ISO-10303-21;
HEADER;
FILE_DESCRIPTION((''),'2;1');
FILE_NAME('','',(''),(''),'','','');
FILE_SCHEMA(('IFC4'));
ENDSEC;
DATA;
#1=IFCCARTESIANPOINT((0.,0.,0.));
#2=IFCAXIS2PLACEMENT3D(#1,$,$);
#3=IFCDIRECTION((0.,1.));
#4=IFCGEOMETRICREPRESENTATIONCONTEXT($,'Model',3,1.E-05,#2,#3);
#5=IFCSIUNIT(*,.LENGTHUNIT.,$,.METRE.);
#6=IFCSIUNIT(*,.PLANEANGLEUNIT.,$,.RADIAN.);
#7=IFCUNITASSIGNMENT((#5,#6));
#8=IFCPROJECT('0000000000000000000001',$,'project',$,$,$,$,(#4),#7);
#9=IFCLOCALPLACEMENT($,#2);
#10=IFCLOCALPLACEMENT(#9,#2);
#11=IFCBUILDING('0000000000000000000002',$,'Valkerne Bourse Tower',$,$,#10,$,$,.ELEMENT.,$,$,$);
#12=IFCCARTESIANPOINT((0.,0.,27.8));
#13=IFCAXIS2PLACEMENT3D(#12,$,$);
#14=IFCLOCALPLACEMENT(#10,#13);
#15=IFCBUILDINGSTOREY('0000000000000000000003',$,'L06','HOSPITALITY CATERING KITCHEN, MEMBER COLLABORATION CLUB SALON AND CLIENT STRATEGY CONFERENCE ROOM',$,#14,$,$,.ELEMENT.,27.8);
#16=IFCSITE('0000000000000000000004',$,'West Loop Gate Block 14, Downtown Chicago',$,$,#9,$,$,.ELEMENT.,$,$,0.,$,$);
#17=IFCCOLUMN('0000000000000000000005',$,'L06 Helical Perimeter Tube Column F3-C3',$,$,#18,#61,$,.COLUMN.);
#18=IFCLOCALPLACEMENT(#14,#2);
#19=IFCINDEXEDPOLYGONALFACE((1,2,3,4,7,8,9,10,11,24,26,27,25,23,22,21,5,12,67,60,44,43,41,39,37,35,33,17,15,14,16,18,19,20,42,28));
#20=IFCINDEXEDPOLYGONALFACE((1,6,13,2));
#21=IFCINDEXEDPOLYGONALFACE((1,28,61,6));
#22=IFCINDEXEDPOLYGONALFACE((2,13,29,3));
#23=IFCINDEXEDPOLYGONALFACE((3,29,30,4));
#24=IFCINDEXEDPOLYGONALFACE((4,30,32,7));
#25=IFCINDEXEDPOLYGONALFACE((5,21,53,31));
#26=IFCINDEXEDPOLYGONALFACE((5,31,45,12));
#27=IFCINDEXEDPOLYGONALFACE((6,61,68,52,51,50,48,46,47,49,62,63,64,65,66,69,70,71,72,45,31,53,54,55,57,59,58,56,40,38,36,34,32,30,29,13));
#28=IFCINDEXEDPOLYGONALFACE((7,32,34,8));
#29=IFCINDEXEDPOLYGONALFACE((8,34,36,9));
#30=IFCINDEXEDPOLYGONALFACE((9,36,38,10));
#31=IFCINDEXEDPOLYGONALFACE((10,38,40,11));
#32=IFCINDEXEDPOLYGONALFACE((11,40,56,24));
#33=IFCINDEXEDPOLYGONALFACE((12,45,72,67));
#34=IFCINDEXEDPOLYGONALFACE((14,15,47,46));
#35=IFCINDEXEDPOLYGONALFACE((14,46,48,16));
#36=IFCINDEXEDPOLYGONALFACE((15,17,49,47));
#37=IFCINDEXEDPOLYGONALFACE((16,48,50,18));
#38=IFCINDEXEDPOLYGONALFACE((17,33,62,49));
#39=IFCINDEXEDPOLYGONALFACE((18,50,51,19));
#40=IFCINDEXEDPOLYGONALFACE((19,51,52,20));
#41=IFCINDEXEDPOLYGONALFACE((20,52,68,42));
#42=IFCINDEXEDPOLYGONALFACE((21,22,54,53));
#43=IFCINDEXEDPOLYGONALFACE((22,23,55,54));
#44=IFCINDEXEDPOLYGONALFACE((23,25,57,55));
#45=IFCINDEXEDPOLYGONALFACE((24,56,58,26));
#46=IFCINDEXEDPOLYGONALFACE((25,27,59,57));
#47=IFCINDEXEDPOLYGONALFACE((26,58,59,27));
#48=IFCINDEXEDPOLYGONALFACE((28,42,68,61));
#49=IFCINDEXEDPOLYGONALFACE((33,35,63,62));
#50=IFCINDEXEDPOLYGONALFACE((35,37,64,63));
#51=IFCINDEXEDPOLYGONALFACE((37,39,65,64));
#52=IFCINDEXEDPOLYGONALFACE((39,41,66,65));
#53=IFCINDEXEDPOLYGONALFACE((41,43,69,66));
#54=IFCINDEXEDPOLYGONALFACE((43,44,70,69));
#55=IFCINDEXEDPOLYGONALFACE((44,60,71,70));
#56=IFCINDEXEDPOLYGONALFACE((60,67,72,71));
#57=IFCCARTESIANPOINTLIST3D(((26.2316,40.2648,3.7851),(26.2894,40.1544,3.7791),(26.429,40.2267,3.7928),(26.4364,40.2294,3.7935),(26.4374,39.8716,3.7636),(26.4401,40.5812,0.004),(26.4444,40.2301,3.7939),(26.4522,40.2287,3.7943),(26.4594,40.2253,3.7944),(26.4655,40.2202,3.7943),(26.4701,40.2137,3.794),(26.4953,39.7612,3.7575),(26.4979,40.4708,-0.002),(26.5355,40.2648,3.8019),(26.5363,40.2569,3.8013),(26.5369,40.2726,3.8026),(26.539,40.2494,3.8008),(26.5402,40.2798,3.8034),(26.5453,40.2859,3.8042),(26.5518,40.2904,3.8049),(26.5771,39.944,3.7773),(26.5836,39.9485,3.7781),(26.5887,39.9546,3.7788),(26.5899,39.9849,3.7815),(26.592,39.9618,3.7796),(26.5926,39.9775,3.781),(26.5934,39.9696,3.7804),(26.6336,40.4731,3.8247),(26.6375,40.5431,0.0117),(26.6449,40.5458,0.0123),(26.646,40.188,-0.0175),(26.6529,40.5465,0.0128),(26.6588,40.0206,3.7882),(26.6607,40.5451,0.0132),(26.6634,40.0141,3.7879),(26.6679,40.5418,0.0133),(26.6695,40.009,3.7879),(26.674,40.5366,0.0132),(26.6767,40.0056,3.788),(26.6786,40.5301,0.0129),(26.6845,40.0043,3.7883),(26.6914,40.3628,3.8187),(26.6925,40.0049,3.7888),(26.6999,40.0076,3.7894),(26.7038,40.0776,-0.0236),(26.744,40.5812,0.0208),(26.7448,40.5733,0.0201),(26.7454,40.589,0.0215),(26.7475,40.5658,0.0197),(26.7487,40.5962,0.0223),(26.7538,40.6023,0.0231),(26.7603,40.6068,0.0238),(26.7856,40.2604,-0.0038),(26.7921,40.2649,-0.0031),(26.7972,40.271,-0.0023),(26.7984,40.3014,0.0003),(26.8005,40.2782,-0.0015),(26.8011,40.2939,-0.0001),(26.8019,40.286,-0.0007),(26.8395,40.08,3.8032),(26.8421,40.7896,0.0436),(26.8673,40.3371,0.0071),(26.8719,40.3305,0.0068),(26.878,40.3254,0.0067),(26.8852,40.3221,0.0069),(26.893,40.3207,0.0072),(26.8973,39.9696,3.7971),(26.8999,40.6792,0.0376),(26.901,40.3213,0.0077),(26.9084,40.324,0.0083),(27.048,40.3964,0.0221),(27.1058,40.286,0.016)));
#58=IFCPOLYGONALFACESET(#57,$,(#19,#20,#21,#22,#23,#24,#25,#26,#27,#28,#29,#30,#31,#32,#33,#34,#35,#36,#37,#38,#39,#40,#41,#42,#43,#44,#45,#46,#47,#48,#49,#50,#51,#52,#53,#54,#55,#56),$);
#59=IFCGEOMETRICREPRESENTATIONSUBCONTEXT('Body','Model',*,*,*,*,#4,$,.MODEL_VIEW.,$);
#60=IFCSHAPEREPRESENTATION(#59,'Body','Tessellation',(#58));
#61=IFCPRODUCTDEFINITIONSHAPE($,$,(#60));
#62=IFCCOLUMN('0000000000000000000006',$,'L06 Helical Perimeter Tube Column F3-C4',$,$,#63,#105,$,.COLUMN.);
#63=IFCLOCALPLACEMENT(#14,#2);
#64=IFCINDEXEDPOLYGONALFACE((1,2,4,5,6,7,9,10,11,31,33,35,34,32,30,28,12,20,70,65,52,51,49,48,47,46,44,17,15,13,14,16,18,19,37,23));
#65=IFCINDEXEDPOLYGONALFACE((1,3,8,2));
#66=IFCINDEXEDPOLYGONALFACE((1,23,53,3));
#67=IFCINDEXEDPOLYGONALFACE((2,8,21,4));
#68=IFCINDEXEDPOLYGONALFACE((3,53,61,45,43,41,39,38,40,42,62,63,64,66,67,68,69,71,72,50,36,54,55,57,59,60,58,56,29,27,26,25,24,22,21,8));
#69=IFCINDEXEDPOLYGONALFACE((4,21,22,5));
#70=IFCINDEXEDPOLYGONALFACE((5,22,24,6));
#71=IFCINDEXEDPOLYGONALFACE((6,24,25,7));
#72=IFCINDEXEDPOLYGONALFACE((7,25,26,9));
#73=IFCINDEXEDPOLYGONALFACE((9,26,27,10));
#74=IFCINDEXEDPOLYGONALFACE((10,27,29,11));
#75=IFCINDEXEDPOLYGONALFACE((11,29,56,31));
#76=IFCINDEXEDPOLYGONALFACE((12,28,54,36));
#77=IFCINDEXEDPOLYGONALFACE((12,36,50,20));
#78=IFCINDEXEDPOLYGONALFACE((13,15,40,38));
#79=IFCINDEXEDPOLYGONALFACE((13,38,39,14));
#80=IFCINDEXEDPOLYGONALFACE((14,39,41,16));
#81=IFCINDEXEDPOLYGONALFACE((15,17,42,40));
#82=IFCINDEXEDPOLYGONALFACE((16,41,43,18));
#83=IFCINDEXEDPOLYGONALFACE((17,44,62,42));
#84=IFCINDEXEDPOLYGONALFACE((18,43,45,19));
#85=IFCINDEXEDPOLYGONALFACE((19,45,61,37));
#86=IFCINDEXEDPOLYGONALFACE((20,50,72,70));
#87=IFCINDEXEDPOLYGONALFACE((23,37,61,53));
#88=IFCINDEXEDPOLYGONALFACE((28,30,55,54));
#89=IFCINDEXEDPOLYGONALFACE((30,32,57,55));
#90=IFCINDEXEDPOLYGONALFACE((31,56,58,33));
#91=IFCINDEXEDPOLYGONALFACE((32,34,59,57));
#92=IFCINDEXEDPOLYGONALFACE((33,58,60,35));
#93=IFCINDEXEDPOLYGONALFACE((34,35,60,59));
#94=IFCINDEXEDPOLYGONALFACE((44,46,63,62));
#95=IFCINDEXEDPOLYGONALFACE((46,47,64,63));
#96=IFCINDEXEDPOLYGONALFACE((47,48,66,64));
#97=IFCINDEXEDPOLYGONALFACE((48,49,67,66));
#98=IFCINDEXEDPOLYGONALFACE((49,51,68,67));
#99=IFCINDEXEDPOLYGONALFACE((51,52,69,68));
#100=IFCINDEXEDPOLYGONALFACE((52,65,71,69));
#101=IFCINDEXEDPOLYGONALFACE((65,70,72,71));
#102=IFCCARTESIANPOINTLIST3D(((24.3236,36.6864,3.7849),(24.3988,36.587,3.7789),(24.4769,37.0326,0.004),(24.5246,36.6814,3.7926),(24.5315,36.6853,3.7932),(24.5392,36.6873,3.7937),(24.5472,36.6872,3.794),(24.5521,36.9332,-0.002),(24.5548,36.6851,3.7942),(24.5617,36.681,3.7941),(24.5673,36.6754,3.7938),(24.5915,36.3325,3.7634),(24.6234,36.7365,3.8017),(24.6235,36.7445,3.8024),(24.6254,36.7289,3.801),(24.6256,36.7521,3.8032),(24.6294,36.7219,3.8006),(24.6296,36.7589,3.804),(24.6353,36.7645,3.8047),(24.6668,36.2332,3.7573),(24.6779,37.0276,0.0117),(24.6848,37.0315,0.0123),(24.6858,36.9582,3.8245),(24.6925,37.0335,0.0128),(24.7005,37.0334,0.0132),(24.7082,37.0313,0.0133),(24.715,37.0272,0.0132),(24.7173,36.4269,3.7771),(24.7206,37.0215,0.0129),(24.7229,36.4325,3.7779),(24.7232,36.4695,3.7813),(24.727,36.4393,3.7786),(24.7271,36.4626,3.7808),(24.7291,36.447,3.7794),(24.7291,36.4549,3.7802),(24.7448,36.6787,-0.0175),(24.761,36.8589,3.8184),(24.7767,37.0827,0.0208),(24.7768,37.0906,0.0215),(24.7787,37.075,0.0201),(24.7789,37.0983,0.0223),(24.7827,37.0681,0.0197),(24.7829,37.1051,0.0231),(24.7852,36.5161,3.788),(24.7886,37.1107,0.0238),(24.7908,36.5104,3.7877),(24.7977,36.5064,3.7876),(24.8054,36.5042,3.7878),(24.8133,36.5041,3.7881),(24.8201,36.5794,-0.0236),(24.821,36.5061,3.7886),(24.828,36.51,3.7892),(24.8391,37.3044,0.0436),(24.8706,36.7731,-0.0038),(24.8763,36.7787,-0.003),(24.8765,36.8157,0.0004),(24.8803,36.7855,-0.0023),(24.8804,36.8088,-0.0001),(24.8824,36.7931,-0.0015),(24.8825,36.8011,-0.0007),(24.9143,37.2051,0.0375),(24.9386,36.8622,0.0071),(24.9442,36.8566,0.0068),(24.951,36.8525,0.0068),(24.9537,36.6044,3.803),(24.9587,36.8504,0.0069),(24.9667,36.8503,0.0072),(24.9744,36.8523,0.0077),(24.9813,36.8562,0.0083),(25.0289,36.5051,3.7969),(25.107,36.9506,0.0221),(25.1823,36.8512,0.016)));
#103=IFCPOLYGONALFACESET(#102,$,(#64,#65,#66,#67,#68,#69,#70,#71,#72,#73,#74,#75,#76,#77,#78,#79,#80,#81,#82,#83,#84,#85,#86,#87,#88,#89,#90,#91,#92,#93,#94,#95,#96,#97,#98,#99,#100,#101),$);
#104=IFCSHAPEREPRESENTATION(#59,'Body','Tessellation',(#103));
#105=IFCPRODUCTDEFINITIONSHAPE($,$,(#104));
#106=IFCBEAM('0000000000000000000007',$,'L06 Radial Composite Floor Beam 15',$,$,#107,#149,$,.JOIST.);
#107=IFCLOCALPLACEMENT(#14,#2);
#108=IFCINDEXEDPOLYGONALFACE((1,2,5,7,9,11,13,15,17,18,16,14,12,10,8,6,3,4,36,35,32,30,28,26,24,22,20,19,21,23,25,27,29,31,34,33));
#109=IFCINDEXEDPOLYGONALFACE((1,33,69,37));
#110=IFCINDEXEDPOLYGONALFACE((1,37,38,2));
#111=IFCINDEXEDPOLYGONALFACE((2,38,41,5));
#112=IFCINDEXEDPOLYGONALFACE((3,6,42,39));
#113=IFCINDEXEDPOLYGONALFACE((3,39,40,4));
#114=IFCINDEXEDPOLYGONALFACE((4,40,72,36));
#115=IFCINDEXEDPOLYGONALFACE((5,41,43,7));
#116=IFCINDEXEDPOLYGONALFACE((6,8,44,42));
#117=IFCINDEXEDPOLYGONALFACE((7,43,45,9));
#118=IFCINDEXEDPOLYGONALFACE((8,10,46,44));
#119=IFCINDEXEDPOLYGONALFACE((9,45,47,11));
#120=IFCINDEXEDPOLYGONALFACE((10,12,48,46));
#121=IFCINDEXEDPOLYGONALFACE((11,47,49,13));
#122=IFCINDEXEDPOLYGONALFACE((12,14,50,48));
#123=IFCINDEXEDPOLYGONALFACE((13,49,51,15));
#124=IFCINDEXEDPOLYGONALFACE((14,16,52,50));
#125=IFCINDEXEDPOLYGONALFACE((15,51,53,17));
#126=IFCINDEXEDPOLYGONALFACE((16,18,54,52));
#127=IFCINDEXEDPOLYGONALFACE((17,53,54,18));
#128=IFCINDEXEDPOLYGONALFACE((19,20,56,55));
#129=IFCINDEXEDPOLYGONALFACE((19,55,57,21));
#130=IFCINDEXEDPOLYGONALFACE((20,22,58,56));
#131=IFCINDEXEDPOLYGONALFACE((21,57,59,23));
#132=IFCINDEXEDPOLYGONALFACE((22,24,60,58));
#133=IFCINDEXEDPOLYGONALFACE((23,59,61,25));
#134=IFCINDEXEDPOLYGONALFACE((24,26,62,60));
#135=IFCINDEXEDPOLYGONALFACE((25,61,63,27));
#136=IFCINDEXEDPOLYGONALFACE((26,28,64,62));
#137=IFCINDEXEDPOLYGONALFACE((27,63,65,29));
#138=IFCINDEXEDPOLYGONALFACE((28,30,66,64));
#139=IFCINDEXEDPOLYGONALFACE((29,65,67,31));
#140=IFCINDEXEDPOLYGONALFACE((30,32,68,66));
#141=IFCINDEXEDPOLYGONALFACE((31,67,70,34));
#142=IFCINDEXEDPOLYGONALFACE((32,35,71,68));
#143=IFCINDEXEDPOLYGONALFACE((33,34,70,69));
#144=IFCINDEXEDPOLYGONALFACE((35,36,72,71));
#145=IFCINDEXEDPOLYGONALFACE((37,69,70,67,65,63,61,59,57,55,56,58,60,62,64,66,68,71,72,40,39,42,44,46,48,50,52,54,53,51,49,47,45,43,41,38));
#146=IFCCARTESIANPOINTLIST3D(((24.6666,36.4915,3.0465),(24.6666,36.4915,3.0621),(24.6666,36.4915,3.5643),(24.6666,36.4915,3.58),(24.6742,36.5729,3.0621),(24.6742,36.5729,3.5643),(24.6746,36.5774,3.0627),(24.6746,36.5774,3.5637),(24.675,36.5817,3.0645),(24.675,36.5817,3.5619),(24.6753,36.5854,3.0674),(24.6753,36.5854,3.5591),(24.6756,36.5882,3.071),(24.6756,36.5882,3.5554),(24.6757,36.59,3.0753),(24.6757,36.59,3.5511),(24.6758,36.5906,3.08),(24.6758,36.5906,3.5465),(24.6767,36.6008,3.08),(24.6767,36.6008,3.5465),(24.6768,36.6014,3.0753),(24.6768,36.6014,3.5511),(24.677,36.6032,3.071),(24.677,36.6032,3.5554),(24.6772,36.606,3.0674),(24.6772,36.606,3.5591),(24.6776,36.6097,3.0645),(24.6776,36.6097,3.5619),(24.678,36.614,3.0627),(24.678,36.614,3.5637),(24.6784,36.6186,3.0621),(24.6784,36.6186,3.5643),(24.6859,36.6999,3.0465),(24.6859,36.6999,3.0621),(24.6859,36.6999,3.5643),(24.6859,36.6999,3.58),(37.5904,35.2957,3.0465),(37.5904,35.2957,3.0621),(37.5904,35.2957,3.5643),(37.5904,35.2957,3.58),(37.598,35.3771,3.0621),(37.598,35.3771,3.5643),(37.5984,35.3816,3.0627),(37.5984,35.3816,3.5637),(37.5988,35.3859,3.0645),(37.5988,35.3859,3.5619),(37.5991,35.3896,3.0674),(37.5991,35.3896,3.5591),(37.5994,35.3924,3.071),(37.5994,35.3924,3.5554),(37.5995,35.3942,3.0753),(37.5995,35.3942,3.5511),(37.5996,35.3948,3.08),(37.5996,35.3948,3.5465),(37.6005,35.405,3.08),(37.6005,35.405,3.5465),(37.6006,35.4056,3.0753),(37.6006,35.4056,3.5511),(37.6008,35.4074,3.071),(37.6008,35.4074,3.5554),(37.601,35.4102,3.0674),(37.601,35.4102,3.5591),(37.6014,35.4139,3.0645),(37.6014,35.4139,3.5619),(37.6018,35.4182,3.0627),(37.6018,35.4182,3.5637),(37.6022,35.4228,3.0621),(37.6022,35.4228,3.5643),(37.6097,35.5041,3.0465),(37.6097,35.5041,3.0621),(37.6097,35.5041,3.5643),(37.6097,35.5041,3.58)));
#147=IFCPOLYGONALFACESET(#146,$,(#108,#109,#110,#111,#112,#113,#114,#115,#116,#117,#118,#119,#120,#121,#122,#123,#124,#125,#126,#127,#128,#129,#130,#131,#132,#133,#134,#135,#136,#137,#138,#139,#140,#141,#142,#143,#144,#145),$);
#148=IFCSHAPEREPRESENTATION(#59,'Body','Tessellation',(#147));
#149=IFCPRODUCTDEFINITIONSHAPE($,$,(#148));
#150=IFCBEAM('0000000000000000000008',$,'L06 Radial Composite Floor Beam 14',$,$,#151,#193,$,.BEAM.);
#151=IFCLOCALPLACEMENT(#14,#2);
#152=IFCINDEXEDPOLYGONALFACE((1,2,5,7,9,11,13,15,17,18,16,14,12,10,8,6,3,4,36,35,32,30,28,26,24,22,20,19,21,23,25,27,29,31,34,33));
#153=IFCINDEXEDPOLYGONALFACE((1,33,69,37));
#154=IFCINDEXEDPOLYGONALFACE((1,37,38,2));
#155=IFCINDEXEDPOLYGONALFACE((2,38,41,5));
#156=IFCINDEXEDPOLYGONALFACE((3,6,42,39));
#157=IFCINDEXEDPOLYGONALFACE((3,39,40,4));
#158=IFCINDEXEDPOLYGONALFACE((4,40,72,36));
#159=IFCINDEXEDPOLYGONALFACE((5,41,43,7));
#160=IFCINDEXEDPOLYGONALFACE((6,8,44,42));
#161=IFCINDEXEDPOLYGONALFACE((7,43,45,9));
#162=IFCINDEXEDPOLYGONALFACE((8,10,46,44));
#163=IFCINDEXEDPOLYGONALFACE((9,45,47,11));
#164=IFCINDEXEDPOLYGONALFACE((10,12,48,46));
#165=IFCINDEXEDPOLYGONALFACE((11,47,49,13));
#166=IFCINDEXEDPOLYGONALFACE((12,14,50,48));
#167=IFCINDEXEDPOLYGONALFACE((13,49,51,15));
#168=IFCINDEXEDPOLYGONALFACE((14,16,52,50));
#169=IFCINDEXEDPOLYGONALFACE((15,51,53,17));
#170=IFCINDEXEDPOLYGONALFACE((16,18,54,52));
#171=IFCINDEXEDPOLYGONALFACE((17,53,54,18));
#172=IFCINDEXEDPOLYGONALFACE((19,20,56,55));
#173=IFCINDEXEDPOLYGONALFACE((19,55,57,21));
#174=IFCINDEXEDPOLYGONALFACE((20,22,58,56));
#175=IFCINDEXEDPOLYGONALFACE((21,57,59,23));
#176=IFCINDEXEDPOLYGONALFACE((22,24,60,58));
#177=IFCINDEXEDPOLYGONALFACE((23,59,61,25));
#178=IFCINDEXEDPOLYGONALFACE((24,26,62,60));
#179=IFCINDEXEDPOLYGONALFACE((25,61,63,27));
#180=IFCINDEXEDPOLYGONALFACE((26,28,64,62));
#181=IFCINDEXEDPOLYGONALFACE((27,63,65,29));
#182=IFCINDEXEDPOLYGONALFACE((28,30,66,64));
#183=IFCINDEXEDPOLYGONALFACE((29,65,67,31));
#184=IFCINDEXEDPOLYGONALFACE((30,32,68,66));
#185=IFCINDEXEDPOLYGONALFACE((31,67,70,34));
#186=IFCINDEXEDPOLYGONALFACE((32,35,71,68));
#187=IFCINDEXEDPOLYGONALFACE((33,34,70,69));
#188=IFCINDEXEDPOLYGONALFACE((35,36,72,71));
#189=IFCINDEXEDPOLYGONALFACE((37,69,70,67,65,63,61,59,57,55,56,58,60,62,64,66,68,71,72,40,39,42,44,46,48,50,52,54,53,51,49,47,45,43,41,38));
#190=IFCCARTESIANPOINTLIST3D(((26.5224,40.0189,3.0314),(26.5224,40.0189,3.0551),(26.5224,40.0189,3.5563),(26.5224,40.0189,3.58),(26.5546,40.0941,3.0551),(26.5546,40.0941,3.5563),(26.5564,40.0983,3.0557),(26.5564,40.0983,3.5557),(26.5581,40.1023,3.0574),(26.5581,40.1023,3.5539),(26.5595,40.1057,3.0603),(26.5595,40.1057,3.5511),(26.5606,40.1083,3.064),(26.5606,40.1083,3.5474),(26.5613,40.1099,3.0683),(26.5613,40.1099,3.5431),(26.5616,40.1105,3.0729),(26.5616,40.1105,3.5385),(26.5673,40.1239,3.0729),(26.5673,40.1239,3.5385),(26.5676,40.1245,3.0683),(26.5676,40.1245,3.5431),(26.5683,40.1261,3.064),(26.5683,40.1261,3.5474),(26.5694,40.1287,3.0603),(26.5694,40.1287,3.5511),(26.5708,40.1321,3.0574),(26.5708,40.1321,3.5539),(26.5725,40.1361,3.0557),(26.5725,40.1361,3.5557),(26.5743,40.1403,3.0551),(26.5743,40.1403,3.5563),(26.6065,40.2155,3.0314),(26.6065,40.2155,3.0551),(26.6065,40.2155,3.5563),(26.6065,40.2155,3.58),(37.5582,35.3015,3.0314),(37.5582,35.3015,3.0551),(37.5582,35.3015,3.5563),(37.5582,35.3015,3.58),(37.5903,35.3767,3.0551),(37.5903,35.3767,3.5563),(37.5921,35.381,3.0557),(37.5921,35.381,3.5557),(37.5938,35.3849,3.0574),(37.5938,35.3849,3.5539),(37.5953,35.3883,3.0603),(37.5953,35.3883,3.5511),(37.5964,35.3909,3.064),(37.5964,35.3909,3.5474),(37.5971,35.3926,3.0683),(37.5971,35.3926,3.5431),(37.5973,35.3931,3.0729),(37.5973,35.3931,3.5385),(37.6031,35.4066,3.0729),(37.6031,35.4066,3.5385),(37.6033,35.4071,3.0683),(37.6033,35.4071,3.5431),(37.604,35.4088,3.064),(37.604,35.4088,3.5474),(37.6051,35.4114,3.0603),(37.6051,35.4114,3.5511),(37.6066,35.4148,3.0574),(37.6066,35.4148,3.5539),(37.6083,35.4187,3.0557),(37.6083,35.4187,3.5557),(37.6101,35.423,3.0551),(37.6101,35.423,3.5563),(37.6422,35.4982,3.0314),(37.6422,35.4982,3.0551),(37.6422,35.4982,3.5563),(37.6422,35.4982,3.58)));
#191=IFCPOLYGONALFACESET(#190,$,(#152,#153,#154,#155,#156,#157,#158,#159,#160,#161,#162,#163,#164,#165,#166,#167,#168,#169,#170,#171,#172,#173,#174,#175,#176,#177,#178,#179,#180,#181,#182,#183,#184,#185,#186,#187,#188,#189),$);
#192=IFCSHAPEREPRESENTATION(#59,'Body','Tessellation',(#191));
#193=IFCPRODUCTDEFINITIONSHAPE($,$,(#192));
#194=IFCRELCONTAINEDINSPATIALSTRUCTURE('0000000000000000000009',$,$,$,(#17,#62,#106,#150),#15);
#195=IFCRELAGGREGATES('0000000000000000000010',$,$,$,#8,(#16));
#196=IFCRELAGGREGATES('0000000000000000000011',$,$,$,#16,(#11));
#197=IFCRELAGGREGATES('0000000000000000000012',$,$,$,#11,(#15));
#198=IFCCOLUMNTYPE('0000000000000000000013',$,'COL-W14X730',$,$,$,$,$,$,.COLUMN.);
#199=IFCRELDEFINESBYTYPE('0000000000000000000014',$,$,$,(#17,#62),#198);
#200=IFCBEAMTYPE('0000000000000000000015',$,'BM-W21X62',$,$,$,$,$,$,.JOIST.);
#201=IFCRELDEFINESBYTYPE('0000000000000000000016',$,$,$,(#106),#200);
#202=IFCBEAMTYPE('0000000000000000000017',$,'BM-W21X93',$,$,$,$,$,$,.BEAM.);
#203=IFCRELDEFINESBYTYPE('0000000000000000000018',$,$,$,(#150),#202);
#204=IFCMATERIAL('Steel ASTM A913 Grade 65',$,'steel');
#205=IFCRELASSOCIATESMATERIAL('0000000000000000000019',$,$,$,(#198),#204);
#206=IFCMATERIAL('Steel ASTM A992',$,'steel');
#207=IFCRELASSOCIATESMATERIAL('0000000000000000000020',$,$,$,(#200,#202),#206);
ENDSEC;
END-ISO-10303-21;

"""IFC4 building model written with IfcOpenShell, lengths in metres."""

from ifc_helpers import new_model, si_unit, direction, frame, origin, origin_2d, place, context, subcontext, project, spatial, i_section, extrude, material, material_profile, profile_set, type_object, element, save


model = new_model("IFC4")

# Units and contexts
model_context = context("Model", 3, precision=1e-05, world=origin(), true_north=direction((0.0, 1.0)))
body_context = subcontext(model_context, "Body", "Model", "MODEL_VIEW")
ifc_project = project(units=[si_unit("LENGTHUNIT", "METRE"), si_unit("PLANEANGLEUNIT", "RADIAN")], contexts=[model_context])

# Site, building, storey
site_placement = place(None, origin())
site = spatial("IfcSite", under=ifc_project, at=site_placement, Name="West Loop Gate Block 14, Downtown Chicago", CompositionType="ELEMENT", RefElevation=0.0)
building_placement = place(site_placement, origin())
building = spatial("IfcBuilding", under=site, at=building_placement, Name="Valkerne Bourse Tower", CompositionType="ELEMENT")
storey_placement = place(building_placement, frame((0.0, 0.0, 27.8)))
storey = spatial("IfcBuildingStorey", under=building, at=storey_placement, Name="L06", Description="HOSPITALITY CATERING KITCHEN, MEMBER COLLABORATION CLUB SALON AND CLIENT STRATEGY CONFERENCE ROOM", CompositionType="ELEMENT", Elevation=27.8)

# Columns
ifc_material_1 = material(Name="Steel ASTM A913 Grade 65", Category="steel")
ifc_material_profile_1 = material_profile(ifc_material_1, i_section(OverallWidth=0.4546, OverallDepth=0.5691, WebThickness=0.0779, FlangeThickness=0.1248, FilletRadius=0.0305, at=origin_2d()), Name="W14X730")
ifc_profile_set_1 = profile_set([ifc_material_profile_1], Name="Steel ASTM A913 Grade 65")
column_type = type_object("IfcColumnType", Name="COL-W14X730", PredefinedType="COLUMN", material=ifc_profile_set_1)
column_1_placement = place(storey_placement, frame((26.7729, 40.4336, 0.01), z_axis=(-0.054868, -0.083266, 0.995016), x_axis=(-0.884477, -0.458377, -0.087131)))
element("IfcColumn", 1, at=column_1_placement, inside=storey, type_object=column_type, Name="L06 Helical Perimeter Tube Column F3-C3", PredefinedType="COLUMN", context=body_context, shape_type="SweptSolid", body=[
    extrude(i_section(OverallWidth=0.4546, OverallDepth=0.5691, WebThickness=0.0779, FlangeThickness=0.1248, FilletRadius=0.0305, at=origin_2d()), origin(), (0.0, 0.0, 1.0), 3.8),
])
column_2_placement = place(storey_placement, frame((24.8296, 36.9419, 0.01), z_axis=(-0.040348, -0.091105, 0.995024), x_axis=(-0.796743, -0.598014, -0.087063)))
element("IfcColumn", 2, at=column_2_placement, inside=storey, type_object=column_type, Name="L06 Helical Perimeter Tube Column F3-C4", PredefinedType="COLUMN", context=body_context, shape_type="SweptSolid", body=[
    extrude(i_section(OverallWidth=0.4546, OverallDepth=0.5691, WebThickness=0.0779, FlangeThickness=0.1248, FilletRadius=0.0305, at=origin_2d()), origin(), (0.0, 0.0, 1.0), 3.7998),
])

# Beams
ifc_material_2 = material(Name="Steel ASTM A992", Category="steel")
ifc_material_profile_2 = material_profile(ifc_material_2, i_section(OverallWidth=0.2092, OverallDepth=0.5334, WebThickness=0.0103, FlangeThickness=0.0156, FilletRadius=0.0178, at=origin_2d()), Name="W21X62")
ifc_profile_set_2 = profile_set([ifc_material_profile_2], Name="Steel ASTM A992")
beam_type_1 = type_object("IfcBeamType", Name="BM-W21X62", PredefinedType="JOIST", material=ifc_profile_set_2)
beam_1_placement = place(storey_placement, frame((24.6763, 36.5957, 3.3132), z_axis=(0.995747, -0.092133, 0.0), x_axis=(0.092133, 0.995747, 0.0)))
element("IfcBeam", 3, at=beam_1_placement, inside=storey, type_object=beam_type_1, Name="L06 Radial Composite Floor Beam 15", PredefinedType="JOIST", context=body_context, shape_type="SweptSolid", body=[
    extrude(i_section(OverallWidth=0.2092, OverallDepth=0.5334, WebThickness=0.0103, FlangeThickness=0.0156, FilletRadius=0.0178, at=origin_2d()), origin(), (0.0, 0.0, 1.0), 12.979),
])
ifc_material_profile_3 = material_profile(ifc_material_2, i_section(OverallWidth=0.2139, OverallDepth=0.5486, WebThickness=0.0146, FlangeThickness=0.0237, FilletRadius=0.0178, at=origin_2d()), Name="W21X93")
ifc_profile_set_3 = profile_set([ifc_material_profile_3], Name="Steel ASTM A992")
beam_type_2 = type_object("IfcBeamType", Name="BM-W21X93", PredefinedType="BEAM", material=ifc_profile_set_3)
beam_2_placement = place(storey_placement, frame((26.5645, 40.1172, 3.3057), z_axis=(0.919515, -0.393055, 0.0), x_axis=(0.393055, 0.919515, 0.0)))
element("IfcBeam", 4, at=beam_2_placement, inside=storey, type_object=beam_type_2, Name="L06 Radial Composite Floor Beam 14", PredefinedType="BEAM", context=body_context, shape_type="SweptSolid", body=[
    extrude(i_section(OverallWidth=0.2139, OverallDepth=0.5486, WebThickness=0.0146, FlangeThickness=0.0237, FilletRadius=0.0178, at=origin_2d()), origin(), (0.0, 0.0, 1.0), 12.0017),
])

save(model, "model.ifc")
